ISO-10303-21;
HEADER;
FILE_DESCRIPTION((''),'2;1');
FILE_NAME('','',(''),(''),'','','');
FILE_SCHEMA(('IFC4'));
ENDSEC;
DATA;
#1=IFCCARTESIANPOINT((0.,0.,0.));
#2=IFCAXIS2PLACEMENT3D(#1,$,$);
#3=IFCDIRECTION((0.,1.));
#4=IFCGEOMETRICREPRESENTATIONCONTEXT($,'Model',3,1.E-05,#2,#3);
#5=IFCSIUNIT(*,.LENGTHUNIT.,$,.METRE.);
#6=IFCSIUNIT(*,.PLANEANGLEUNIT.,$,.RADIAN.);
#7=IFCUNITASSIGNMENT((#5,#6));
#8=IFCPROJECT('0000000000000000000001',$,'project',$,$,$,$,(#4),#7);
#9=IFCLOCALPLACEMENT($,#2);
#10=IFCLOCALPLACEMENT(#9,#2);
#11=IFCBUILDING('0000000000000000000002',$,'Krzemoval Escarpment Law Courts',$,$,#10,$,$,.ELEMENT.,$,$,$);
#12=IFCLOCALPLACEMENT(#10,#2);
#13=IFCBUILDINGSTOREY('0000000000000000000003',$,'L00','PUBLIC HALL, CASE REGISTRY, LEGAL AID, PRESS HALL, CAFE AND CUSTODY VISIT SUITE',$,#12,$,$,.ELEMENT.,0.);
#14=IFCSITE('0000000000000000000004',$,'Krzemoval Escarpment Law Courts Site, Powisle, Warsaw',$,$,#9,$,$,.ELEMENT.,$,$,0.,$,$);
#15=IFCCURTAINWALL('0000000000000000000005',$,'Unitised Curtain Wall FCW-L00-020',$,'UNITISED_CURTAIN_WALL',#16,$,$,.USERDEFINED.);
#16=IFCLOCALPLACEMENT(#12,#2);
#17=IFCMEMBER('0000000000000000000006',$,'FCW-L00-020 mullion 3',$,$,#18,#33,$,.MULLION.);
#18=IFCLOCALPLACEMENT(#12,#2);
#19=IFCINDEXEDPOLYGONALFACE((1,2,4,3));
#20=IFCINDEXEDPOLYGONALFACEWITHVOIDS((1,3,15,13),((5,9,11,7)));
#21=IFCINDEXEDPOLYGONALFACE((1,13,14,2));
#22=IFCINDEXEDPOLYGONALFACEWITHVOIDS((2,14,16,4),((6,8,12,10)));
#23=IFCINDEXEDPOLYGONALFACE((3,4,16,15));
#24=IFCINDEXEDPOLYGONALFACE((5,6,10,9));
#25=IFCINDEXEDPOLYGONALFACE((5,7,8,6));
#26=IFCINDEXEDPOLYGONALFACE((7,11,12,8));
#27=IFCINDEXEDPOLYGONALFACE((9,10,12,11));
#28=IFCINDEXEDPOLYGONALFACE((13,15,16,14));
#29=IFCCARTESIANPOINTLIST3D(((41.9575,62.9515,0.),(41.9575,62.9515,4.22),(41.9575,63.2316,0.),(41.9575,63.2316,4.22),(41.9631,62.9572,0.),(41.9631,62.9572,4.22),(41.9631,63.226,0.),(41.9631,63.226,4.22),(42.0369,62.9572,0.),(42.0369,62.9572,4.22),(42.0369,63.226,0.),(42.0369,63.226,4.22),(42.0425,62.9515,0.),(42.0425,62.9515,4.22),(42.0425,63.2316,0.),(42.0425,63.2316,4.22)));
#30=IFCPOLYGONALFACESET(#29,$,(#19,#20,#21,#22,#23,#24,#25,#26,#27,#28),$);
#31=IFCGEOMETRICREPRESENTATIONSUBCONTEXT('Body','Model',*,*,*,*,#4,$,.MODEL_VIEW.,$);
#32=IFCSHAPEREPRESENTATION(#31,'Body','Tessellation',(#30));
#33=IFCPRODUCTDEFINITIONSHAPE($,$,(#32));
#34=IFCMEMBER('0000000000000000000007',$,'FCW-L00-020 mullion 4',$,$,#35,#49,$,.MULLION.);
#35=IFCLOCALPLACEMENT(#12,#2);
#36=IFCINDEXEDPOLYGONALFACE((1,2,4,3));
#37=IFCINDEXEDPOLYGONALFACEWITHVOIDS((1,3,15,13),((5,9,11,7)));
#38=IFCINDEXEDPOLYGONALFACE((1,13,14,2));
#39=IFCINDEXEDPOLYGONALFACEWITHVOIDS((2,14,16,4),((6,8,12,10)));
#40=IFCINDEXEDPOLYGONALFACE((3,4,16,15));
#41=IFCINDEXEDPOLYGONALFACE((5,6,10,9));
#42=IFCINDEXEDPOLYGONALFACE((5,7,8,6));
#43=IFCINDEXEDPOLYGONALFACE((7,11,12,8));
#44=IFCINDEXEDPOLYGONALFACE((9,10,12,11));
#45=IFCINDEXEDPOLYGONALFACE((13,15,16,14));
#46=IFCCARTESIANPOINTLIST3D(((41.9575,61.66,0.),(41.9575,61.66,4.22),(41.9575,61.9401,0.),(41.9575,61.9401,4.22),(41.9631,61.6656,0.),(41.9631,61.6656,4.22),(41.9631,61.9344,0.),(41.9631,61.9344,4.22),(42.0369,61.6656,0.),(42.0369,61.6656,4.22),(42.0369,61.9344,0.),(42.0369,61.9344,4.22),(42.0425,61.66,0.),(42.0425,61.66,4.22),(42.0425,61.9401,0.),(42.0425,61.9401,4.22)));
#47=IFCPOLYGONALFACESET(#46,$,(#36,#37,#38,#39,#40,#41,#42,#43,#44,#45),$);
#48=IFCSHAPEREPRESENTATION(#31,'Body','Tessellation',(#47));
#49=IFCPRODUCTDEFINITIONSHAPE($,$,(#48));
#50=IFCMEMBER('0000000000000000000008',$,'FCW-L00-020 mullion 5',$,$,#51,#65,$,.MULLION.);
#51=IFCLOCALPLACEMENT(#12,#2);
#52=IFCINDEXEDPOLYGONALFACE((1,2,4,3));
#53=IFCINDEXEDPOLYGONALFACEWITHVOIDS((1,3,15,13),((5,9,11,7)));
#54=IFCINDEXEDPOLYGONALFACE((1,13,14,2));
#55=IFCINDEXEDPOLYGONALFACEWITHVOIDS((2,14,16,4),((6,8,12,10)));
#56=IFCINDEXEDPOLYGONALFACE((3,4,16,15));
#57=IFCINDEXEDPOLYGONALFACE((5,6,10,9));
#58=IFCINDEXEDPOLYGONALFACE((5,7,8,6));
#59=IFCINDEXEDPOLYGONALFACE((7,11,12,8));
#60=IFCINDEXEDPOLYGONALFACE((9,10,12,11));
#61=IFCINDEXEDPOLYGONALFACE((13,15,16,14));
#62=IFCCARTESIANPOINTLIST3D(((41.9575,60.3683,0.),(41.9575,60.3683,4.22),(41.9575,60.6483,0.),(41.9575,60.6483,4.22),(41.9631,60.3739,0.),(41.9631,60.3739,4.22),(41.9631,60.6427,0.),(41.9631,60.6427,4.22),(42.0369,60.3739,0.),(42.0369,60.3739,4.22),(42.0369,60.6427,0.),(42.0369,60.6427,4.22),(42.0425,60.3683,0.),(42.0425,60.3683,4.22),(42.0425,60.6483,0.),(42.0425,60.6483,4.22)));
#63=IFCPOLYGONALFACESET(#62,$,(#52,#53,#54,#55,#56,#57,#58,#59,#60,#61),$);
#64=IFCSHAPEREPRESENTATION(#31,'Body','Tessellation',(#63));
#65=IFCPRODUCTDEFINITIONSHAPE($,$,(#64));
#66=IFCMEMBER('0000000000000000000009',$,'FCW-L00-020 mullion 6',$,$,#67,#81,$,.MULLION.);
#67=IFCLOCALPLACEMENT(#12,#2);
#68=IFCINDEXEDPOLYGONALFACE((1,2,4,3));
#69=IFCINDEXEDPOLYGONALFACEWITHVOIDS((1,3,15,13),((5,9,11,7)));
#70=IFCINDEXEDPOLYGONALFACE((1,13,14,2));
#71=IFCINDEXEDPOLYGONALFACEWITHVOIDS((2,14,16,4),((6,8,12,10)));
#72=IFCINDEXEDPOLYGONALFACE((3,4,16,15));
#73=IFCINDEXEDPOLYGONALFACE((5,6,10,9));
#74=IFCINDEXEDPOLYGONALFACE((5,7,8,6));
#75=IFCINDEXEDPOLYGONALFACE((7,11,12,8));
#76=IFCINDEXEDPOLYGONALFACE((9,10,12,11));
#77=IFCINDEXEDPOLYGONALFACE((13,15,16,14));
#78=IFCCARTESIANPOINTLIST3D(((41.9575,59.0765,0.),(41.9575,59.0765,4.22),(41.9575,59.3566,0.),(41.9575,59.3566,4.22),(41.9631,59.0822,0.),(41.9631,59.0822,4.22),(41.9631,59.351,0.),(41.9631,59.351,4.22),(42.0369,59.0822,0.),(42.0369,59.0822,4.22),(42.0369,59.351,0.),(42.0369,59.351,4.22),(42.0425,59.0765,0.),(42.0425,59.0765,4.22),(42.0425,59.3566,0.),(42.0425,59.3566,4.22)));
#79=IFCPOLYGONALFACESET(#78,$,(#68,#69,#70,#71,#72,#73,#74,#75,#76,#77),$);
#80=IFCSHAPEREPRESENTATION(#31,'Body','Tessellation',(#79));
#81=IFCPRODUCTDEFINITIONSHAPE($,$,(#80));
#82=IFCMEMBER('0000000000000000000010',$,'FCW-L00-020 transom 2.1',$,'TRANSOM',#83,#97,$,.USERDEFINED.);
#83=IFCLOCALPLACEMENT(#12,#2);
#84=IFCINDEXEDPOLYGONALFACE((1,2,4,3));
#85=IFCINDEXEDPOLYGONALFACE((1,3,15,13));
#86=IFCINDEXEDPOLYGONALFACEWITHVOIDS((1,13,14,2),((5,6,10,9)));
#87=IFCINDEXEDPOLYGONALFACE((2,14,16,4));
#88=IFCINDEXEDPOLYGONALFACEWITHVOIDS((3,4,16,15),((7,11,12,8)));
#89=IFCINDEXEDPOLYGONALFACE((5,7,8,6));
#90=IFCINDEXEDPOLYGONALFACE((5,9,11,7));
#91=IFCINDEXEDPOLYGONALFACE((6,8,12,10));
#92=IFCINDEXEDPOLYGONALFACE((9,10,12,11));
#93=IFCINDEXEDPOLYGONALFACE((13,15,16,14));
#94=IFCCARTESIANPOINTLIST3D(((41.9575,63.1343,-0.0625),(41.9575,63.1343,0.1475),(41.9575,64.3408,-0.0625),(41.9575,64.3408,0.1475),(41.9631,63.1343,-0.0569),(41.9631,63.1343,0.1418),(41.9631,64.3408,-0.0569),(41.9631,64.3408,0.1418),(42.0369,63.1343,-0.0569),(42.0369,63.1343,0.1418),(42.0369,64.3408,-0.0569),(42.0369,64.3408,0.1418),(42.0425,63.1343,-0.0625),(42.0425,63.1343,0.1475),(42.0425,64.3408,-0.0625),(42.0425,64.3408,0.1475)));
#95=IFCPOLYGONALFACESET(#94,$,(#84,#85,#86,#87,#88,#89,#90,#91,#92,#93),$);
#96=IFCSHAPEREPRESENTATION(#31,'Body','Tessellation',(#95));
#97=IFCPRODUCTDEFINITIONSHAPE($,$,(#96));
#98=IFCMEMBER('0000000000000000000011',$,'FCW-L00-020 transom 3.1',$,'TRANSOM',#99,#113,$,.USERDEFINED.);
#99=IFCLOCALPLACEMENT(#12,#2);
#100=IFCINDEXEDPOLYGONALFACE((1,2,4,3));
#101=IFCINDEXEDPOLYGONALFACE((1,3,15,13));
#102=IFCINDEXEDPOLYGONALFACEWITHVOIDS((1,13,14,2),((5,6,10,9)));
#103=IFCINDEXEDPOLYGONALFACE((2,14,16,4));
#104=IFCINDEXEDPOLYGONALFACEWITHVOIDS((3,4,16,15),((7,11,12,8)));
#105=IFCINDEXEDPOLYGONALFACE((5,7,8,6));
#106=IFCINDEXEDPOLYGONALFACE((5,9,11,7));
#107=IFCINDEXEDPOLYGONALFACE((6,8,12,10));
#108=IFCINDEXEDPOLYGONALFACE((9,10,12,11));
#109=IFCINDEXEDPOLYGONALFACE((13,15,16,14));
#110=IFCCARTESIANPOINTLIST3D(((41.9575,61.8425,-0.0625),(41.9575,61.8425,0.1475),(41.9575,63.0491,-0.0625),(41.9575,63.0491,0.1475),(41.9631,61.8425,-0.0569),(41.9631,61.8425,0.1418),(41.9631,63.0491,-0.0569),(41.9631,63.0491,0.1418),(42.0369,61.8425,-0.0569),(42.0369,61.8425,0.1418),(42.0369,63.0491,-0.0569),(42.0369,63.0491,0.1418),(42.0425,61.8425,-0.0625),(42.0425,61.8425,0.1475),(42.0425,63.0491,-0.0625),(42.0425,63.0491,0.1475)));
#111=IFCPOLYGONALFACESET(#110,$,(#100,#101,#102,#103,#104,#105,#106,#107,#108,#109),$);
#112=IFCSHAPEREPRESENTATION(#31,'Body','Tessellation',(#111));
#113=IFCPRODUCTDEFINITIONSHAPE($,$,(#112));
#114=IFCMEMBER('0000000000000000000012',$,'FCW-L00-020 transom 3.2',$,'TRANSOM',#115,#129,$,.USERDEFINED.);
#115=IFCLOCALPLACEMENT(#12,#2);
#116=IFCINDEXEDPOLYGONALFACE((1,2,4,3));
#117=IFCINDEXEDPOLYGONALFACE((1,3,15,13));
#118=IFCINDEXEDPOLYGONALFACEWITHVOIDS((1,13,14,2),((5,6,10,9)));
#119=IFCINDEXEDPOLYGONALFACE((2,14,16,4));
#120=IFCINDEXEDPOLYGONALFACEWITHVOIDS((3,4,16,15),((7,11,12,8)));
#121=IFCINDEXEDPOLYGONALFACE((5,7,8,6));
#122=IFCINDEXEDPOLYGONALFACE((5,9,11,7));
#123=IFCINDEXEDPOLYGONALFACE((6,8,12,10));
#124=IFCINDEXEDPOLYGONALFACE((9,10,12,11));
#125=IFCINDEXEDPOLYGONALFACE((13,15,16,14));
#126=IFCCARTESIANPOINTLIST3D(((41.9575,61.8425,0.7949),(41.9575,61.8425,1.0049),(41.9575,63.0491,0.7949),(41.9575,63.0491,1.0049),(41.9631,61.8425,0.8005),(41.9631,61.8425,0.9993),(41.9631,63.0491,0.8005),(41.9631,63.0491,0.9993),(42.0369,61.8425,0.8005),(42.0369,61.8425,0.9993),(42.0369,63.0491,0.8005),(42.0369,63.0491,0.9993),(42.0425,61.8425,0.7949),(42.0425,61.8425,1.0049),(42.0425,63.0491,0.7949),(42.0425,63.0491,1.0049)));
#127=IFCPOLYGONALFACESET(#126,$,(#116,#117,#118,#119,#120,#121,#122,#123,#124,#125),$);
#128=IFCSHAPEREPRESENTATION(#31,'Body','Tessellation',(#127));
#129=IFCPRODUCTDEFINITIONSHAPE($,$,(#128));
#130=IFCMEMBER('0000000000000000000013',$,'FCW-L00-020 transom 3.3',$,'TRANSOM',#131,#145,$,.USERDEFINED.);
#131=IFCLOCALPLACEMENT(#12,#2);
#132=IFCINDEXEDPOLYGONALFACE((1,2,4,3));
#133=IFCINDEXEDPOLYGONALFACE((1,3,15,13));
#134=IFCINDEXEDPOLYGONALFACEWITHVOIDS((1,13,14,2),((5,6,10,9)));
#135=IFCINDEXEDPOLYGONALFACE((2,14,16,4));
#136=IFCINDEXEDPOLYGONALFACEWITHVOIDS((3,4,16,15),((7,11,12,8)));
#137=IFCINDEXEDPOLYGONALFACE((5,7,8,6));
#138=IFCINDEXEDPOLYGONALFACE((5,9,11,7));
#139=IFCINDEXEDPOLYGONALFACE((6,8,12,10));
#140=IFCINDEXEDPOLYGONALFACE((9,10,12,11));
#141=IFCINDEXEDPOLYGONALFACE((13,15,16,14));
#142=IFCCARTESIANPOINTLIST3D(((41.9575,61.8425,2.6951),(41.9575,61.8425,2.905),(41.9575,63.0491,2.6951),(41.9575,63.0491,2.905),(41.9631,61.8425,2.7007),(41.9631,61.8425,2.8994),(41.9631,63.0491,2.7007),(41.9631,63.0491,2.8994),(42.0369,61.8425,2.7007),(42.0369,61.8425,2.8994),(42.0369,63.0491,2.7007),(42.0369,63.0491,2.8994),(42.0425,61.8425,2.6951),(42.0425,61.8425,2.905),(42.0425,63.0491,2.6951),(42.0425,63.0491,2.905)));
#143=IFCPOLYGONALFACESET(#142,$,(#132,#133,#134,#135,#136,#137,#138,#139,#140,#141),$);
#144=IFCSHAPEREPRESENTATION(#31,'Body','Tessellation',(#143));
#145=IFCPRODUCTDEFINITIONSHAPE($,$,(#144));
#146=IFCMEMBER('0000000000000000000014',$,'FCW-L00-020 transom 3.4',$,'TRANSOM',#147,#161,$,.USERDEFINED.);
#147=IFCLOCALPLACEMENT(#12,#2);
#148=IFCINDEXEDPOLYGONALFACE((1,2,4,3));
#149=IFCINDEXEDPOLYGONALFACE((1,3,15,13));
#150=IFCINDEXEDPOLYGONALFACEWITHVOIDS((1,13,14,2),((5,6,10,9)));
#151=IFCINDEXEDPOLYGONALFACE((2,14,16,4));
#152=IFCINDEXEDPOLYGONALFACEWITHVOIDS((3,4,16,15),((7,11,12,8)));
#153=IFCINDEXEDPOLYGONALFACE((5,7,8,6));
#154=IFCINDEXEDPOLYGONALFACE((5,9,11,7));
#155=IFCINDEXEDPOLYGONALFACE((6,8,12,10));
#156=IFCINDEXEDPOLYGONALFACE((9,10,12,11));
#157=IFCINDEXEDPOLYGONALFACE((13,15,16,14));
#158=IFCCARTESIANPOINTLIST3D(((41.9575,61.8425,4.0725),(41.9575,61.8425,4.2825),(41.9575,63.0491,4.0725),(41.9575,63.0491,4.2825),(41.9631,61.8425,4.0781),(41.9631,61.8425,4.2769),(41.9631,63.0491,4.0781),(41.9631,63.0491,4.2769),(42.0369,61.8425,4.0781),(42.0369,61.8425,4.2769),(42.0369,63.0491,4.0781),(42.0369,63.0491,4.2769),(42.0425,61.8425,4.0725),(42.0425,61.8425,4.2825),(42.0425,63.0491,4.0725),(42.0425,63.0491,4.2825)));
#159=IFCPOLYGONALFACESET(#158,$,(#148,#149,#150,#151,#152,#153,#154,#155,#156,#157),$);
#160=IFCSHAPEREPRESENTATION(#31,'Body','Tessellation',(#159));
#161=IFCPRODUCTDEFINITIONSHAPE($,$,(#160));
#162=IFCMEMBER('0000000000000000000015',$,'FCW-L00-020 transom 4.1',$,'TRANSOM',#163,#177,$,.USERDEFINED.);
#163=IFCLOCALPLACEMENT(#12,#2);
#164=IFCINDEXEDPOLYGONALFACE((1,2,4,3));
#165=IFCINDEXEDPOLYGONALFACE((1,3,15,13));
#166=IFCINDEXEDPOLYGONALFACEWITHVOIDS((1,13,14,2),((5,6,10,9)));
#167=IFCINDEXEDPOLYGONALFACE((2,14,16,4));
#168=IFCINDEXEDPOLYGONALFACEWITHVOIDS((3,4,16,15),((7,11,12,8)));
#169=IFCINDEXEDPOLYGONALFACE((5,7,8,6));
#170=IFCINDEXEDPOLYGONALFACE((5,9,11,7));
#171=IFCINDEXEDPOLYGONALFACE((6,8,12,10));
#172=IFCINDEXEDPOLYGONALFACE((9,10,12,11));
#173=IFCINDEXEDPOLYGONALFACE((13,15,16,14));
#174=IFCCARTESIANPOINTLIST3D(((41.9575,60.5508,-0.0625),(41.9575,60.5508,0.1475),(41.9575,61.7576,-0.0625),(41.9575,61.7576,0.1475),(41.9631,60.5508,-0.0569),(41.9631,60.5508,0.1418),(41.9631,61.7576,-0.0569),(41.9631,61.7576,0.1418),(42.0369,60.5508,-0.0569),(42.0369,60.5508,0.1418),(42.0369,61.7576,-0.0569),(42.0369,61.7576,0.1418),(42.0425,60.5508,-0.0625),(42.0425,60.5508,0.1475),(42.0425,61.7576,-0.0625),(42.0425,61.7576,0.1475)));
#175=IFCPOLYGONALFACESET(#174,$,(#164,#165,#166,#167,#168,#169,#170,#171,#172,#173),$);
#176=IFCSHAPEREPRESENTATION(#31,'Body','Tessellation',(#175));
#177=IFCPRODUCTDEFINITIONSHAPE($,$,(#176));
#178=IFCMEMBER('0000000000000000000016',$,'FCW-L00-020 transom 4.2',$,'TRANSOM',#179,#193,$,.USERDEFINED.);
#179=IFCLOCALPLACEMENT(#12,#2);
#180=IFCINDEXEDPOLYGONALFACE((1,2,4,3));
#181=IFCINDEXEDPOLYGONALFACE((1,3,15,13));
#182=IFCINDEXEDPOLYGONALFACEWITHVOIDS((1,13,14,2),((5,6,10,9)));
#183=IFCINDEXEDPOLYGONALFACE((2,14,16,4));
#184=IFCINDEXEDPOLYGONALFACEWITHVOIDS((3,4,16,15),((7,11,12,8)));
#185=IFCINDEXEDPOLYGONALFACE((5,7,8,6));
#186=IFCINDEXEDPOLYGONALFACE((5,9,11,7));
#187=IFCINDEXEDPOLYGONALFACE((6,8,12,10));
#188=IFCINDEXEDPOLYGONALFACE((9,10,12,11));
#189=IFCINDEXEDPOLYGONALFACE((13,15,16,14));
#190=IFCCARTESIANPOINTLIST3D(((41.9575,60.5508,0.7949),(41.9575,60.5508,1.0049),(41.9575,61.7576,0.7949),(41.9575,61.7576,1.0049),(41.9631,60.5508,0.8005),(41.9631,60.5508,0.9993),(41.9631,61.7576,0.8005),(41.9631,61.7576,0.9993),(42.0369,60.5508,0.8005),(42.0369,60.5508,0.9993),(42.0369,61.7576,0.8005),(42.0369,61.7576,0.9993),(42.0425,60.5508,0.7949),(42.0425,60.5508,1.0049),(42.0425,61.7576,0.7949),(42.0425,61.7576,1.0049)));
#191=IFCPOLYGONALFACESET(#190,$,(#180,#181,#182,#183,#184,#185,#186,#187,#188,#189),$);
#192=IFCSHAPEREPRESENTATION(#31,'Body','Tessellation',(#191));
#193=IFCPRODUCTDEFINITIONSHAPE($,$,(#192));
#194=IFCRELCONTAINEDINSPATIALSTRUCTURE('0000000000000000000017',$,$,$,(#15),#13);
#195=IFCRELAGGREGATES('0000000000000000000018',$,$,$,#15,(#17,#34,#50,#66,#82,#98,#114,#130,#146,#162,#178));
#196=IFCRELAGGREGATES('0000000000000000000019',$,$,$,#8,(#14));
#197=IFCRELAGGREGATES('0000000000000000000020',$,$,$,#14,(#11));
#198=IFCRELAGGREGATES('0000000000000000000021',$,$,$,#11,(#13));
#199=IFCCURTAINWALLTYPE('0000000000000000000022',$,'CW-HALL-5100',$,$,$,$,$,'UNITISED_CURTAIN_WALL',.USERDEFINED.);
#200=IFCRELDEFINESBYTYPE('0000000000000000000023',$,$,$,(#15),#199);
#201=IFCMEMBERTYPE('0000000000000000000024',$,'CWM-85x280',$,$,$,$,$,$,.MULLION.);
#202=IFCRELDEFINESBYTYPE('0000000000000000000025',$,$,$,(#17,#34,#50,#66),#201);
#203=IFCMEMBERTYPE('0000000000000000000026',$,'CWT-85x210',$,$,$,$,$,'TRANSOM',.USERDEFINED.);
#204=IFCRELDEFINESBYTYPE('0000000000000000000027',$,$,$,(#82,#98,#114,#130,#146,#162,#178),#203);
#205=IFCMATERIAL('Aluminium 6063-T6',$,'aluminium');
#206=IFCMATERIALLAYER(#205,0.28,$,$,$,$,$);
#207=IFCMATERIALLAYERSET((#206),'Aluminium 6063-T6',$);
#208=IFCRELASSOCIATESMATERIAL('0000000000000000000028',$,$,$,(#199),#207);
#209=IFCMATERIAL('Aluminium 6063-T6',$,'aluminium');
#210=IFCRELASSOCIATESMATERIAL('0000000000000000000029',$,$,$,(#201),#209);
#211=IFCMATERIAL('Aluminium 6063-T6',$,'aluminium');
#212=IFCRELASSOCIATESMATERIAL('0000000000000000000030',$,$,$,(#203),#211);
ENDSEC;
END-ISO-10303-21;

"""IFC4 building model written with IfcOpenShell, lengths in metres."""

from ifc_helpers import new_model, si_unit, direction, frame, origin, origin_2d, place, context, subcontext, project, spatial, hollow_rectangle, extrude, material, layer, layer_set, material_profile, profile_set, type_object, element, aggregate, save


model = new_model("IFC4")

# Units and contexts
model_context = context("Model", 3, precision=1e-05, world=origin(), true_north=direction((0.0, 1.0)))
body_context = subcontext(model_context, "Body", "Model", "MODEL_VIEW")
ifc_project = project(units=[si_unit("LENGTHUNIT", "METRE"), si_unit("PLANEANGLEUNIT", "RADIAN")], contexts=[model_context])

# Site, building, storey
site_placement = place(None, origin())
site = spatial("IfcSite", under=ifc_project, at=site_placement, Name="Krzemoval Escarpment Law Courts Site, Powisle, Warsaw", CompositionType="ELEMENT", RefElevation=0.0)
building_placement = place(site_placement, origin())
building = spatial("IfcBuilding", under=site, at=building_placement, Name="Krzemoval Escarpment Law Courts", CompositionType="ELEMENT")
storey_placement = place(building_placement, origin())
storey = spatial("IfcBuildingStorey", under=building, at=storey_placement, Name="L00", Description="PUBLIC HALL, CASE REGISTRY, LEGAL AID, PRESS HALL, CAFE AND CUSTODY VISIT SUITE", CompositionType="ELEMENT", Elevation=0.0)

# Curtain wall, members
ifc_material_1 = material(Name="Aluminium 6063-T6", Category="aluminium")
ifc_layer_1 = layer(ifc_material_1, 0.28)
ifc_layer_set_1 = layer_set([ifc_layer_1], Name="Aluminium 6063-T6")
curtain_wall_type = type_object("IfcCurtainWallType", Name="CW-HALL-5100", ElementType="UNITISED_CURTAIN_WALL", PredefinedType="USERDEFINED", material=ifc_layer_set_1)
curtain_wall_placement = place(storey_placement, origin())
curtain_wall = element("IfcCurtainWall", 1, at=curtain_wall_placement, inside=storey, type_object=curtain_wall_type, Name="Unitised Curtain Wall FCW-L00-020", ObjectType="UNITISED_CURTAIN_WALL", PredefinedType="USERDEFINED")
ifc_material_2 = material(Name="Aluminium 6063-T6", Category="aluminium")
ifc_material_profile_1 = material_profile(ifc_material_2, hollow_rectangle(XDim=0.085, YDim=0.28, WallThickness=0.0056, at=origin_2d()), Name="ALU M85x280")
ifc_profile_set_1 = profile_set([ifc_material_profile_1], Name="Aluminium 6063-T6")
member_type_1 = type_object("IfcMemberType", Name="CWM-85x280", PredefinedType="MULLION", material=ifc_profile_set_1)
member_1_placement = place(storey_placement, frame((42.0, 63.0916, 0.0), z_axis=(0.0, 0.0, 1.0), x_axis=(1.0, 0.0, 0.0)))
member_1 = element("IfcMember", 2, at=member_1_placement, type_object=member_type_1, Name="FCW-L00-020 mullion 3", PredefinedType="MULLION", context=body_context, shape_type="SweptSolid", body=[
    extrude(hollow_rectangle(XDim=0.085, YDim=0.28, WallThickness=0.0056, at=origin_2d()), origin(), (0.0, 0.0, 1.0), 4.22),
])
member_2_placement = place(storey_placement, frame((42.0, 61.8, 0.0), z_axis=(0.0, 0.0, 1.0), x_axis=(1.0, 0.0, 0.0)))
member_2 = element("IfcMember", 3, at=member_2_placement, type_object=member_type_1, Name="FCW-L00-020 mullion 4", PredefinedType="MULLION", context=body_context, shape_type="SweptSolid", body=[
    extrude(hollow_rectangle(XDim=0.085, YDim=0.28, WallThickness=0.0056, at=origin_2d()), origin(), (0.0, 0.0, 1.0), 4.22),
])
member_3_placement = place(storey_placement, frame((42.0, 60.5083, 0.0), z_axis=(0.0, 0.0, 1.0), x_axis=(1.0, 0.0, 0.0)))
member_3 = element("IfcMember", 4, at=member_3_placement, type_object=member_type_1, Name="FCW-L00-020 mullion 5", PredefinedType="MULLION", context=body_context, shape_type="SweptSolid", body=[
    extrude(hollow_rectangle(XDim=0.085, YDim=0.28, WallThickness=0.0056, at=origin_2d()), origin(), (0.0, 0.0, 1.0), 4.22),
])
member_4_placement = place(storey_placement, frame((42.0, 59.2166, 0.0), z_axis=(0.0, 0.0, 1.0), x_axis=(1.0, 0.0, 0.0)))
member_4 = element("IfcMember", 5, at=member_4_placement, type_object=member_type_1, Name="FCW-L00-020 mullion 6", PredefinedType="MULLION", context=body_context, shape_type="SweptSolid", body=[
    extrude(hollow_rectangle(XDim=0.085, YDim=0.28, WallThickness=0.0056, at=origin_2d()), origin(), (0.0, 0.0, 1.0), 4.22),
])
ifc_material_3 = material(Name="Aluminium 6063-T6", Category="aluminium")
ifc_material_profile_2 = material_profile(ifc_material_3, hollow_rectangle(XDim=0.085, YDim=0.21, WallThickness=0.0056, at=origin_2d()), Name="ALU T85x210")
ifc_profile_set_2 = profile_set([ifc_material_profile_2], Name="Aluminium 6063-T6")
member_type_2 = type_object("IfcMemberType", Name="CWT-85x210", ElementType="TRANSOM", PredefinedType="USERDEFINED", material=ifc_profile_set_2)
member_5_placement = place(storey_placement, frame((42.0, 64.3408, 0.0425), z_axis=(0.0, -1.0, 0.0), x_axis=(1.0, 0.0, 0.0)))
member_5 = element("IfcMember", 6, at=member_5_placement, type_object=member_type_2, Name="FCW-L00-020 transom 2.1", ObjectType="TRANSOM", PredefinedType="USERDEFINED", context=body_context, shape_type="SweptSolid", body=[
    extrude(hollow_rectangle(XDim=0.085, YDim=0.21, WallThickness=0.0056, at=origin_2d()), origin(), (0.0, 0.0, 1.0), 1.2065),
])
member_6_placement = place(storey_placement, frame((42.0, 63.0491, 0.0425), z_axis=(0.0, -1.0, 0.0), x_axis=(1.0, 0.0, 0.0)))
member_6 = element("IfcMember", 7, at=member_6_placement, type_object=member_type_2, Name="FCW-L00-020 transom 3.1", ObjectType="TRANSOM", PredefinedType="USERDEFINED", context=body_context, shape_type="SweptSolid", body=[
    extrude(hollow_rectangle(XDim=0.085, YDim=0.21, WallThickness=0.0056, at=origin_2d()), origin(), (0.0, 0.0, 1.0), 1.2065),
])
member_7_placement = place(storey_placement, frame((42.0, 63.0491, 0.8999), z_axis=(0.0, -1.0, 0.0), x_axis=(1.0, 0.0, 0.0)))
member_7 = element("IfcMember", 8, at=member_7_placement, type_object=member_type_2, Name="FCW-L00-020 transom 3.2", ObjectType="TRANSOM", PredefinedType="USERDEFINED", context=body_context, shape_type="SweptSolid", body=[
    extrude(hollow_rectangle(XDim=0.085, YDim=0.21, WallThickness=0.0056, at=origin_2d()), origin(), (0.0, 0.0, 1.0), 1.2065),
])
member_8_placement = place(storey_placement, frame((42.0, 63.0491, 2.8), z_axis=(0.0, -1.0, 0.0), x_axis=(1.0, 0.0, 0.0)))
member_8 = element("IfcMember", 9, at=member_8_placement, type_object=member_type_2, Name="FCW-L00-020 transom 3.3", ObjectType="TRANSOM", PredefinedType="USERDEFINED", context=body_context, shape_type="SweptSolid", body=[
    extrude(hollow_rectangle(XDim=0.085, YDim=0.21, WallThickness=0.0056, at=origin_2d()), origin(), (0.0, 0.0, 1.0), 1.2065),
])
member_9_placement = place(storey_placement, frame((42.0, 63.0491, 4.1775), z_axis=(0.0, -1.0, 0.0), x_axis=(1.0, 0.0, 0.0)))
member_9 = element("IfcMember", 10, at=member_9_placement, type_object=member_type_2, Name="FCW-L00-020 transom 3.4", ObjectType="TRANSOM", PredefinedType="USERDEFINED", context=body_context, shape_type="SweptSolid", body=[
    extrude(hollow_rectangle(XDim=0.085, YDim=0.21, WallThickness=0.0056, at=origin_2d()), origin(), (0.0, 0.0, 1.0), 1.2065),
])
member_10_placement = place(storey_placement, frame((42.0, 61.7576, 0.0425), z_axis=(0.0, -1.0, 0.0), x_axis=(1.0, 0.0, 0.0)))
member_10 = element("IfcMember", 11, at=member_10_placement, type_object=member_type_2, Name="FCW-L00-020 transom 4.1", ObjectType="TRANSOM", PredefinedType="USERDEFINED", context=body_context, shape_type="SweptSolid", body=[
    extrude(hollow_rectangle(XDim=0.085, YDim=0.21, WallThickness=0.0056, at=origin_2d()), origin(), (0.0, 0.0, 1.0), 1.2068),
])
member_11_placement = place(storey_placement, frame((42.0, 61.7576, 0.8999), z_axis=(0.0, -1.0, 0.0), x_axis=(1.0, 0.0, 0.0)))
member_11 = element("IfcMember", 12, at=member_11_placement, type_object=member_type_2, Name="FCW-L00-020 transom 4.2", ObjectType="TRANSOM", PredefinedType="USERDEFINED", context=body_context, shape_type="SweptSolid", body=[
    extrude(hollow_rectangle(XDim=0.085, YDim=0.21, WallThickness=0.0056, at=origin_2d()), origin(), (0.0, 0.0, 1.0), 1.2068),
])

aggregate(curtain_wall, [member_1, member_2, member_3, member_4, member_5, member_6, member_7, member_8, member_9, member_10, member_11])

save(model, "model.ifc")
